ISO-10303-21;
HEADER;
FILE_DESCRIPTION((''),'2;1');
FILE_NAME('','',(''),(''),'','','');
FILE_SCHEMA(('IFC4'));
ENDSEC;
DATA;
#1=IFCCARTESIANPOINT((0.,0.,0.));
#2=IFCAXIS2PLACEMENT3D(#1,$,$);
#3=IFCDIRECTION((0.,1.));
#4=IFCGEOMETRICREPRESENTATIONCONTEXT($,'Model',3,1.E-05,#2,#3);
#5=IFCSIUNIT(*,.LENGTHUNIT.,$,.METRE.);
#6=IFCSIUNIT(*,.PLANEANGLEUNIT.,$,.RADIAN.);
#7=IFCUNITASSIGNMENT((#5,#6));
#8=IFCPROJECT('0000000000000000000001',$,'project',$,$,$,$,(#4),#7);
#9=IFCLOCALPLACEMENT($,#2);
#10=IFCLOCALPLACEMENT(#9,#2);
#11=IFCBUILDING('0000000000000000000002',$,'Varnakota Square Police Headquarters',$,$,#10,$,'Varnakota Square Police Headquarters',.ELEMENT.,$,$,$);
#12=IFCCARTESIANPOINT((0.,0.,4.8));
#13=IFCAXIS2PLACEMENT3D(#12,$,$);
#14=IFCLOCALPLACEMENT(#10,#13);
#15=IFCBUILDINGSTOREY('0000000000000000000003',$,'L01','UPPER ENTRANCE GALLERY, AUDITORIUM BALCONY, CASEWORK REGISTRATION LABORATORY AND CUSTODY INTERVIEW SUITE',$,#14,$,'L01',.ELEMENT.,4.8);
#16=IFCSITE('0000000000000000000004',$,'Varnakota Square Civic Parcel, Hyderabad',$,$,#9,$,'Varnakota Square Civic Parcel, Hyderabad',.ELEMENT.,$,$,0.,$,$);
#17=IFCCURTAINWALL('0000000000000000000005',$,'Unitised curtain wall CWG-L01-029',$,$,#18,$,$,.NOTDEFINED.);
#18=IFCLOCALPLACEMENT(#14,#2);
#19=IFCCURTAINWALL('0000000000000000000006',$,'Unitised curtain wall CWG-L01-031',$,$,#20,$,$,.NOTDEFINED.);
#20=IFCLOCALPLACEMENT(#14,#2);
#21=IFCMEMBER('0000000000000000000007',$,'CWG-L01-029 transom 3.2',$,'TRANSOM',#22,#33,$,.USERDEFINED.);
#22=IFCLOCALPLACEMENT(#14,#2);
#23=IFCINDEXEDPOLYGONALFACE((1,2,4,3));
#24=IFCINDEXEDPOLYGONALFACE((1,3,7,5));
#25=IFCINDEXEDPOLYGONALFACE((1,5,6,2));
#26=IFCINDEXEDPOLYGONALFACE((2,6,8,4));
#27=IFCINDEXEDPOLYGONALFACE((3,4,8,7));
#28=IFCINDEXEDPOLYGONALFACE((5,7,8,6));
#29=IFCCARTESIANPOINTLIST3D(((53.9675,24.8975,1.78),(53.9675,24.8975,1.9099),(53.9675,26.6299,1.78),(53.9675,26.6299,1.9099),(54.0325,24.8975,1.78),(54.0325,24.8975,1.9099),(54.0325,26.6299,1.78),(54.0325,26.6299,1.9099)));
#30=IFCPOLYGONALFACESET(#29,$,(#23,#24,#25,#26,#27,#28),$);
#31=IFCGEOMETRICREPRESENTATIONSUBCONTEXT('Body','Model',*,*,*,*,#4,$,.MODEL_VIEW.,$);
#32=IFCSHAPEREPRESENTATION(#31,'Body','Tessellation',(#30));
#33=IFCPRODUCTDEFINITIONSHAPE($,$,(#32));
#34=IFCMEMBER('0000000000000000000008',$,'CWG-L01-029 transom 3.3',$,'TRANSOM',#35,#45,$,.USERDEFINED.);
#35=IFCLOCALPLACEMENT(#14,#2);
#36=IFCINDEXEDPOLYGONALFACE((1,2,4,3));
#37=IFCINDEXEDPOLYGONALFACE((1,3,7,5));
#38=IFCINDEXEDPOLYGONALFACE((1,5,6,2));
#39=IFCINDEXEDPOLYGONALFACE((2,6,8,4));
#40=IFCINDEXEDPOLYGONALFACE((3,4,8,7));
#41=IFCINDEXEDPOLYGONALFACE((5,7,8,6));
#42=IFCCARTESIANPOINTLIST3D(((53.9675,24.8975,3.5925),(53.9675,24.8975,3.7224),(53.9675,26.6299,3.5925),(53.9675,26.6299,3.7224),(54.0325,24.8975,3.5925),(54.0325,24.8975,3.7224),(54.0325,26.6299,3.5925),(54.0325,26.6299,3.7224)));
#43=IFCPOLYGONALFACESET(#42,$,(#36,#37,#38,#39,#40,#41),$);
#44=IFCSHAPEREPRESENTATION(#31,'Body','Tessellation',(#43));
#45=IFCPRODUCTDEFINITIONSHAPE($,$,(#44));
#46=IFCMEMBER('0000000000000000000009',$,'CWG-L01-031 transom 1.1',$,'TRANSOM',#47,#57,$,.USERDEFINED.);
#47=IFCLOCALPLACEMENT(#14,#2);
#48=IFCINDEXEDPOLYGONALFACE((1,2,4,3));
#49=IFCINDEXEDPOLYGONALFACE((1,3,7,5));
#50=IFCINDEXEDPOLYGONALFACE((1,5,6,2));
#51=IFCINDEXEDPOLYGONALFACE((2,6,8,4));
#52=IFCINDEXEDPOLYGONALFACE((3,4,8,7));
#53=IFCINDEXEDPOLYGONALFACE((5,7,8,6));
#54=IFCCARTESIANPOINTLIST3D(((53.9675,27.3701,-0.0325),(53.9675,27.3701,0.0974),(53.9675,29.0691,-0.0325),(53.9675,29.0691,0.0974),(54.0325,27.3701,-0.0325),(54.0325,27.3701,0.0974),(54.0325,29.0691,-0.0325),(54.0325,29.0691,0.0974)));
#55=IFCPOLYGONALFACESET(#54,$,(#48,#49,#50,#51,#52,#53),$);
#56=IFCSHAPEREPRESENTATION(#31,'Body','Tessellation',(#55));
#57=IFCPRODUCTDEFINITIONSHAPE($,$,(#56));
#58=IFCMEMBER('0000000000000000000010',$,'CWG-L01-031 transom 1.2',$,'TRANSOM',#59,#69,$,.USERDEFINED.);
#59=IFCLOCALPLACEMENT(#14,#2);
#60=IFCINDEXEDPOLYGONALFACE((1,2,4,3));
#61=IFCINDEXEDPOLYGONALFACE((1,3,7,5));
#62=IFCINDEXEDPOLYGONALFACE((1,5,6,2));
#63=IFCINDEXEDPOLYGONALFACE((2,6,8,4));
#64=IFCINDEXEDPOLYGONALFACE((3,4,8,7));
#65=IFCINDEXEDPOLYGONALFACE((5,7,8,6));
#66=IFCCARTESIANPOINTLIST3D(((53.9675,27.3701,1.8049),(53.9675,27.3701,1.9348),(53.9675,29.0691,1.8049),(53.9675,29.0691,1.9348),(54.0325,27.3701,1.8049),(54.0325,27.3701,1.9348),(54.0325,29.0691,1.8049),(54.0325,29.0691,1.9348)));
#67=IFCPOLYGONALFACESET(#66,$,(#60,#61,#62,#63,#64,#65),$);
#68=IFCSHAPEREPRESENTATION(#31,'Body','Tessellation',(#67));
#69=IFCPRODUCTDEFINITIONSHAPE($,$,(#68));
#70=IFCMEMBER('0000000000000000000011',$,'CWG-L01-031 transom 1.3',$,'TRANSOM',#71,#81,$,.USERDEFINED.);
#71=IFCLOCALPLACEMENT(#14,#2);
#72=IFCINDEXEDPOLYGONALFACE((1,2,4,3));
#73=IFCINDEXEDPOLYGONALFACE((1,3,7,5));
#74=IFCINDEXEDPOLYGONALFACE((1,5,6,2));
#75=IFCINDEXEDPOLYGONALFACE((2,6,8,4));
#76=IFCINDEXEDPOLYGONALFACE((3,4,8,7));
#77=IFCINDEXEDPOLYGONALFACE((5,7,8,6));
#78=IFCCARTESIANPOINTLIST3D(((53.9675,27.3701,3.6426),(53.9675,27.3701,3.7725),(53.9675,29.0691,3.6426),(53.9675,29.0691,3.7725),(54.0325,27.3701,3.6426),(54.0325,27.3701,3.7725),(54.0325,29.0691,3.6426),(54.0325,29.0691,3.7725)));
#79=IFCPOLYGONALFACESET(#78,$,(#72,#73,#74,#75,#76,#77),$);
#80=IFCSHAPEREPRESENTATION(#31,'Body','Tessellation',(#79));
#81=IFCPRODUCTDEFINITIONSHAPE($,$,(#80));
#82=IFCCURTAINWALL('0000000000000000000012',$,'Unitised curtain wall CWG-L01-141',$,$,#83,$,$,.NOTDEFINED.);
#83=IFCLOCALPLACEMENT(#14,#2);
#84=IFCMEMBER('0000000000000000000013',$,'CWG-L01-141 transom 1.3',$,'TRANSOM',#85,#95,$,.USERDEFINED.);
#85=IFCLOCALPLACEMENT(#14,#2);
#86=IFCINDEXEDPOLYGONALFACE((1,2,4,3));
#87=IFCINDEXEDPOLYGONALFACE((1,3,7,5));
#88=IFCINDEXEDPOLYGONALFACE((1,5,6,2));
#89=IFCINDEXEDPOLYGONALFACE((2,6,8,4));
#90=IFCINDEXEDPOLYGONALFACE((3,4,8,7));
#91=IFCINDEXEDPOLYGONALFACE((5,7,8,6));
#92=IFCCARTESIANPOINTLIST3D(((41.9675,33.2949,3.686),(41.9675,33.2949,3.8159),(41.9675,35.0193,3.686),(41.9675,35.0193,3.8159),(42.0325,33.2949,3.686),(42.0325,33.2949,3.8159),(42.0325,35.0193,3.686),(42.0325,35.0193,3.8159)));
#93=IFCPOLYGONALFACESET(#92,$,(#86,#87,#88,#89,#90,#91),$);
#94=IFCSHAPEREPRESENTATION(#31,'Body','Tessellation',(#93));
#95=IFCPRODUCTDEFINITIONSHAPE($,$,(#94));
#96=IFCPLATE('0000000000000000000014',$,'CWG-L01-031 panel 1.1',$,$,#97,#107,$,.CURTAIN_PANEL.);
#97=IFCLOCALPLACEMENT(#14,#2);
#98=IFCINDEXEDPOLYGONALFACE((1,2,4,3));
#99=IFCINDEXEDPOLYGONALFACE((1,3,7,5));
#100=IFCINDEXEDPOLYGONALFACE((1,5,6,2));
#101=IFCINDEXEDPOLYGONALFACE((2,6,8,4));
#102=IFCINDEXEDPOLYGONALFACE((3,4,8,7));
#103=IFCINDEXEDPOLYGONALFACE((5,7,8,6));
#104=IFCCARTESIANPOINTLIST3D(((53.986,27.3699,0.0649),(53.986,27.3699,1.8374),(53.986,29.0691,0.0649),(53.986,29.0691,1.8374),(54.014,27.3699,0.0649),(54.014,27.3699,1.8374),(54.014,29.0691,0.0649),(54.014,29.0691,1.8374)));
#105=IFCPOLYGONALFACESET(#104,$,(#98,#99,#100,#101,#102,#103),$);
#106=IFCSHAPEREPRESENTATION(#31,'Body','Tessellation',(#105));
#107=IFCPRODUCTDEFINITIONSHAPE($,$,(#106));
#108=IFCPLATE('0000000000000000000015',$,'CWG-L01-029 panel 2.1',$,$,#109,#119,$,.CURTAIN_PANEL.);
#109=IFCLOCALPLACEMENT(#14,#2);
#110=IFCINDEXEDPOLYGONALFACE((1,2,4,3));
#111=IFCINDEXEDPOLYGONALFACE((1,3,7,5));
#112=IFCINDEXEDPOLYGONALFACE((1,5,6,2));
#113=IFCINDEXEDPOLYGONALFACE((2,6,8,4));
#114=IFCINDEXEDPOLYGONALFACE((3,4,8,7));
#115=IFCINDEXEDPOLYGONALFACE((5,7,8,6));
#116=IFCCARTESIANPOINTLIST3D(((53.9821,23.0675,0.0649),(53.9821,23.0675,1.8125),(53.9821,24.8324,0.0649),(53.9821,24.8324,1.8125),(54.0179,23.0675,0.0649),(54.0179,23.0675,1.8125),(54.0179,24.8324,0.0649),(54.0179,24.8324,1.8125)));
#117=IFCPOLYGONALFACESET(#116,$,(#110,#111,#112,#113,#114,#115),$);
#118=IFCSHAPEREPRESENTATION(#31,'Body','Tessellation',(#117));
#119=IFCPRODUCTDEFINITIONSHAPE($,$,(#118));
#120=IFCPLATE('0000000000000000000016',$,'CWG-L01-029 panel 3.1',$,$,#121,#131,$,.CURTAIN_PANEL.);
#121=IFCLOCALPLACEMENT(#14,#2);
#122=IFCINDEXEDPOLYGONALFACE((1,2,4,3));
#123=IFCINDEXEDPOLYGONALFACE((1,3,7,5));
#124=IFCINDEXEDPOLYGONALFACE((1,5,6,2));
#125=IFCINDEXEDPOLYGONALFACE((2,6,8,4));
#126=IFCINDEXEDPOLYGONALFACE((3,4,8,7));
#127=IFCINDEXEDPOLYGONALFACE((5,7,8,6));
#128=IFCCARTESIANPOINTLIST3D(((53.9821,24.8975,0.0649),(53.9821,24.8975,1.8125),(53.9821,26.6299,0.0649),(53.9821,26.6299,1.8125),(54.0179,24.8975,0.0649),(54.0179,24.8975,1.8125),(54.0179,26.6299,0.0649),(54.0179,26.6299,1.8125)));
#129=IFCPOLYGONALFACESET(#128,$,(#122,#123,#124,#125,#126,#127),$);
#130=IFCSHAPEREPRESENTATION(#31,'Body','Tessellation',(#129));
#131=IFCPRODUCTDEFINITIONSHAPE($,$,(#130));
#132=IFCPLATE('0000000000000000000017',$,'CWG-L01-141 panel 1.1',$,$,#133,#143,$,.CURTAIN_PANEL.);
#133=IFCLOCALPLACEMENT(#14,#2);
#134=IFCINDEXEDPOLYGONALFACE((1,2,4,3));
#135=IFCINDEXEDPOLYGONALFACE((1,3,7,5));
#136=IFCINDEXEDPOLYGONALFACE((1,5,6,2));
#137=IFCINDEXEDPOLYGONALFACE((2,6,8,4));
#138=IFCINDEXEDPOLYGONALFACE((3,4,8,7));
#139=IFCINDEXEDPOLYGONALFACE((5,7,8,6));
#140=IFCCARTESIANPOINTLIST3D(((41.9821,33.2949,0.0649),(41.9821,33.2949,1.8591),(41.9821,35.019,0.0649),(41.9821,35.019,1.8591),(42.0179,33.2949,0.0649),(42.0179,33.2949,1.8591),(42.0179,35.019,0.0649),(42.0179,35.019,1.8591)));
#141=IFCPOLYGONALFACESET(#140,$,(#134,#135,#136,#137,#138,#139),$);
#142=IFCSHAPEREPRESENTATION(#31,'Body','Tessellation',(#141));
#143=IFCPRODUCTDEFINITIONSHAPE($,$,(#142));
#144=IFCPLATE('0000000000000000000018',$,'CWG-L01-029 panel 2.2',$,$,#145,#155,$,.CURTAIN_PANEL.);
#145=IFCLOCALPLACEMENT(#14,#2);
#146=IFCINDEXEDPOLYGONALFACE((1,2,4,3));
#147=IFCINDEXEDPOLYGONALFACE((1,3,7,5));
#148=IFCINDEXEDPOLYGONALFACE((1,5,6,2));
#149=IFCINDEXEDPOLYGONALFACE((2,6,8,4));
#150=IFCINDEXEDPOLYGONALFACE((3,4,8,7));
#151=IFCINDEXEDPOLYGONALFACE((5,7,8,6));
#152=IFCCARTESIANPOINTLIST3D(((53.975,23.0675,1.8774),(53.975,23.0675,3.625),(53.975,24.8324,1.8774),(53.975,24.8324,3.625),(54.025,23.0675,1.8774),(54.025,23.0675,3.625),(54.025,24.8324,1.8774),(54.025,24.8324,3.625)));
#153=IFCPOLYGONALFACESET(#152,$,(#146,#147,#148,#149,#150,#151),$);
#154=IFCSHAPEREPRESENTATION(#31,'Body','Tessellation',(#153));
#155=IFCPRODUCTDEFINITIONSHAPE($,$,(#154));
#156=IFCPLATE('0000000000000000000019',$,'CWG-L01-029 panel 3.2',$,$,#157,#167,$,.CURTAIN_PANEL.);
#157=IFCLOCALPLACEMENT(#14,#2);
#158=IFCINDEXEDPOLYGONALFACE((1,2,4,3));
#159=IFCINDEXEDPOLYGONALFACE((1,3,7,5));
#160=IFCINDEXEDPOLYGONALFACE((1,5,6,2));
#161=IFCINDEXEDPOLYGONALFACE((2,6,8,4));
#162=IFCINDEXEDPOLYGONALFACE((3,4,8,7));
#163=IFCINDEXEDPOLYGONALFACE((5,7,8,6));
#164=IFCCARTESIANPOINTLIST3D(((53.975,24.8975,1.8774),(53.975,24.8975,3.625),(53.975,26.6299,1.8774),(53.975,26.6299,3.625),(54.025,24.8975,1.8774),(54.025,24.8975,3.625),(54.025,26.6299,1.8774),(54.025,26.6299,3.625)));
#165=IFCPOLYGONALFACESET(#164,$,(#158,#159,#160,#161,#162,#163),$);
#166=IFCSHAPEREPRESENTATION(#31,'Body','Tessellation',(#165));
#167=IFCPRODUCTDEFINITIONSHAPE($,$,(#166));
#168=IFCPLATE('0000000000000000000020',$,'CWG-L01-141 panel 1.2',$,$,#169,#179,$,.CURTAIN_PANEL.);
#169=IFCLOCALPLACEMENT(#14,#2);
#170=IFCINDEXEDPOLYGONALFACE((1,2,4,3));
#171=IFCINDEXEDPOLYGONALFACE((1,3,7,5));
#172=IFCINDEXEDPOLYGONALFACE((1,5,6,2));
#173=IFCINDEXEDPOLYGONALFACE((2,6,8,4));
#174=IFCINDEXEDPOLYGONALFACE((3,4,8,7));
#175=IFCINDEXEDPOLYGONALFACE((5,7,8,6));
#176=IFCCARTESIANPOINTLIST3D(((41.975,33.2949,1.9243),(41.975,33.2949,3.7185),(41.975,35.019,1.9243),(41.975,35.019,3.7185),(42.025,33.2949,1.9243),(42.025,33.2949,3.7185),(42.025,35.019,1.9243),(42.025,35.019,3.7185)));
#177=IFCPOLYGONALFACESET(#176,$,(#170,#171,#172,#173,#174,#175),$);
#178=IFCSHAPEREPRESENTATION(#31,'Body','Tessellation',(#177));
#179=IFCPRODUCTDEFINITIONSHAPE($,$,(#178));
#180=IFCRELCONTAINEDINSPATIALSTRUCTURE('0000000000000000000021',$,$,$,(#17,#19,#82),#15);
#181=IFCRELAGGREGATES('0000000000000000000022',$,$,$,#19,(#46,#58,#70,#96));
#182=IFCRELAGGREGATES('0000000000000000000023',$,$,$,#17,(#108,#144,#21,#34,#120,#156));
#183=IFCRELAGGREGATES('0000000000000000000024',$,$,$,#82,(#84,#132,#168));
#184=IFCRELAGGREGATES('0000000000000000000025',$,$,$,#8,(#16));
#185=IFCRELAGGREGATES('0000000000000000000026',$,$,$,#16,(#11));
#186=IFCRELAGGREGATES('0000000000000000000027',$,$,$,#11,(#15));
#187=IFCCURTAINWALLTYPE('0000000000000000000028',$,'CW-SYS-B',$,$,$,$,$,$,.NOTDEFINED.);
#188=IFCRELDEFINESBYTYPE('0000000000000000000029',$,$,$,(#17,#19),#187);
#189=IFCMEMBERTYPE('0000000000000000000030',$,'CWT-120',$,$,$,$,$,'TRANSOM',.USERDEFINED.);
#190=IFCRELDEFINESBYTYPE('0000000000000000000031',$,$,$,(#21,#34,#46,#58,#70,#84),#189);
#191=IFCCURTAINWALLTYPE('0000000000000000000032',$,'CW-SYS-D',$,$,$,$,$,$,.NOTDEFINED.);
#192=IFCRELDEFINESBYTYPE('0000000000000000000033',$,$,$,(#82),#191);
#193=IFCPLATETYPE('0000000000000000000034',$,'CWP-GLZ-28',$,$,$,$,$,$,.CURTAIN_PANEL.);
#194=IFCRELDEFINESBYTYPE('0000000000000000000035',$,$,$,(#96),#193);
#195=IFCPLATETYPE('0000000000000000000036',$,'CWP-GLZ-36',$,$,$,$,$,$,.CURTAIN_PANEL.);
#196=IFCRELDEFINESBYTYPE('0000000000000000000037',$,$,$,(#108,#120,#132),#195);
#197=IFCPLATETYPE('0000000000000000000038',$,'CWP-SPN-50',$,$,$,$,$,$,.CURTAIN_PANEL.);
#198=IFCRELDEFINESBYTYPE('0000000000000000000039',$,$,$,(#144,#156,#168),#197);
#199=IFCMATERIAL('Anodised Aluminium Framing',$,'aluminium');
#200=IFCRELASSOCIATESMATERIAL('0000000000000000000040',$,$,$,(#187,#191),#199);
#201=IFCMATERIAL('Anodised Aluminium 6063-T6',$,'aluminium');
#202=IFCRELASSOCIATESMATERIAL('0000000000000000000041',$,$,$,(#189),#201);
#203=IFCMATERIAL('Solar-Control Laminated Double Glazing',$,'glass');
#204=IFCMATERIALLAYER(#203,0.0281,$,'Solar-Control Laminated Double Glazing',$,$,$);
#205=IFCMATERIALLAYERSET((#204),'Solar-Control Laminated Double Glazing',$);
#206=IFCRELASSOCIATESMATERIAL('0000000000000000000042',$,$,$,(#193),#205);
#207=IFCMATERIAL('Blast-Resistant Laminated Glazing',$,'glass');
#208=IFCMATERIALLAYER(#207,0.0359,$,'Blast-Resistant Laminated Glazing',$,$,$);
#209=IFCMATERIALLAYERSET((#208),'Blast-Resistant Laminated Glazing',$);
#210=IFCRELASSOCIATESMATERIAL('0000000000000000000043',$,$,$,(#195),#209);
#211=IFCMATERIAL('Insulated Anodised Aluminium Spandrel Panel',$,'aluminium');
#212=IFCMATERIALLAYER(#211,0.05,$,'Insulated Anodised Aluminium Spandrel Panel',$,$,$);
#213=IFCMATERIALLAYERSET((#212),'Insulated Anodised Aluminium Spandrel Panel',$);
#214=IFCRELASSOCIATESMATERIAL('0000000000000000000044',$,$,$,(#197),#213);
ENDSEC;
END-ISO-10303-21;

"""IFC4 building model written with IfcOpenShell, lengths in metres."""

from ifc_helpers import new_model, si_unit, direction, frame, origin, origin_2d, place, context, subcontext, project, spatial, rectangle, extrude, material, layer, layer_set, material_profile, profile_set, type_object, element, aggregate, save


model = new_model("IFC4")

# Units and contexts
model_context = context("Model", 3, precision=1e-05, world=origin(), true_north=direction((0.0, 1.0)))
body_context = subcontext(model_context, "Body", "Model", "MODEL_VIEW")
ifc_project = project(units=[si_unit("LENGTHUNIT", "METRE"), si_unit("PLANEANGLEUNIT", "RADIAN")], contexts=[model_context])

# Site, building, storey
site_placement = place(None, origin())
site = spatial("IfcSite", under=ifc_project, at=site_placement, Name="Varnakota Square Civic Parcel, Hyderabad", LongName="Varnakota Square Civic Parcel, Hyderabad", CompositionType="ELEMENT", RefElevation=0.0)
building_placement = place(site_placement, origin())
building = spatial("IfcBuilding", under=site, at=building_placement, Name="Varnakota Square Police Headquarters", LongName="Varnakota Square Police Headquarters", CompositionType="ELEMENT")
storey_placement = place(building_placement, frame((0.0, 0.0, 4.8)))
storey = spatial("IfcBuildingStorey", under=building, at=storey_placement, Name="L01", Description="UPPER ENTRANCE GALLERY, AUDITORIUM BALCONY, CASEWORK REGISTRATION LABORATORY AND CUSTODY INTERVIEW SUITE", LongName="L01", CompositionType="ELEMENT", Elevation=4.8)

# Curtain wall
ifc_material_1 = material(Name="Anodised Aluminium Framing", Category="aluminium")
curtain_wall_type_1 = type_object("IfcCurtainWallType", Name="CW-SYS-B", PredefinedType="NOTDEFINED", material=ifc_material_1)
curtain_wall_1_placement = place(storey_placement, origin())
curtain_wall_1 = element("IfcCurtainWall", 1, at=curtain_wall_1_placement, inside=storey, type_object=curtain_wall_type_1, Name="Unitised curtain wall CWG-L01-029", PredefinedType="NOTDEFINED")
ifc_material_2 = material(Name="Anodised Aluminium 6063-T6", Category="aluminium")

# Curtain wall
curtain_wall_2_placement = place(storey_placement, origin())
curtain_wall_2 = element("IfcCurtainWall", 2, at=curtain_wall_2_placement, inside=storey, type_object=curtain_wall_type_1, Name="Unitised curtain wall CWG-L01-031", PredefinedType="NOTDEFINED")

# Members
ifc_material_profile_1 = material_profile(ifc_material_2, rectangle(XDim=0.0649, YDim=0.1299, at=origin_2d()), Name="ALU TRANSOM 65x130")
ifc_profile_set_1 = profile_set([ifc_material_profile_1], Name="Anodised Aluminium 6063-T6")
member_type_1 = type_object("IfcMemberType", Name="CWT-120", ElementType="TRANSOM", PredefinedType="USERDEFINED", material=ifc_profile_set_1)
member_1_placement = place(storey_placement, frame((54.0, 24.8975, 1.845), z_axis=(0.0, 1.0, 0.0), x_axis=(-1.0, 0.0, 0.0)))
member_1 = element("IfcMember", 3, at=member_1_placement, type_object=member_type_1, Name="CWG-L01-029 transom 3.2", ObjectType="TRANSOM", PredefinedType="USERDEFINED", context=body_context, shape_type="SweptSolid", body=[
    extrude(rectangle(XDim=0.0649, YDim=0.1299, at=origin_2d()), origin(), (0.0, 0.0, 1.0), 1.7324),
])
member_2_placement = place(storey_placement, frame((54.0, 24.8975, 3.6575), z_axis=(0.0, 1.0, 0.0), x_axis=(-1.0, 0.0, 0.0)))
member_2 = element("IfcMember", 4, at=member_2_placement, type_object=member_type_1, Name="CWG-L01-029 transom 3.3", ObjectType="TRANSOM", PredefinedType="USERDEFINED", context=body_context, shape_type="SweptSolid", body=[
    extrude(rectangle(XDim=0.0649, YDim=0.1299, at=origin_2d()), origin(), (0.0, 0.0, 1.0), 1.7324),
])
member_3_placement = place(storey_placement, frame((54.0, 27.3701, 0.0325), z_axis=(0.0, 1.0, 0.0), x_axis=(-1.0, 0.0, 0.0)))
member_3 = element("IfcMember", 5, at=member_3_placement, type_object=member_type_1, Name="CWG-L01-031 transom 1.1", ObjectType="TRANSOM", PredefinedType="USERDEFINED", context=body_context, shape_type="SweptSolid", body=[
    extrude(rectangle(XDim=0.0649, YDim=0.1299, at=origin_2d()), origin(), (0.0, 0.0, 1.0), 1.699),
])
member_4_placement = place(storey_placement, frame((54.0, 27.3701, 1.8699), z_axis=(0.0, 1.0, 0.0), x_axis=(-1.0, 0.0, 0.0)))
member_4 = element("IfcMember", 6, at=member_4_placement, type_object=member_type_1, Name="CWG-L01-031 transom 1.2", ObjectType="TRANSOM", PredefinedType="USERDEFINED", context=body_context, shape_type="SweptSolid", body=[
    extrude(rectangle(XDim=0.0649, YDim=0.1299, at=origin_2d()), origin(), (0.0, 0.0, 1.0), 1.699),
])
member_5_placement = place(storey_placement, frame((54.0, 27.3701, 3.7075), z_axis=(0.0, 1.0, 0.0), x_axis=(-1.0, 0.0, 0.0)))
member_5 = element("IfcMember", 7, at=member_5_placement, type_object=member_type_1, Name="CWG-L01-031 transom 1.3", ObjectType="TRANSOM", PredefinedType="USERDEFINED", context=body_context, shape_type="SweptSolid", body=[
    extrude(rectangle(XDim=0.0649, YDim=0.1299, at=origin_2d()), origin(), (0.0, 0.0, 1.0), 1.699),
])

# Curtain wall, member
curtain_wall_type_2 = type_object("IfcCurtainWallType", Name="CW-SYS-D", PredefinedType="NOTDEFINED", material=ifc_material_1)
curtain_wall_3_placement = place(storey_placement, origin())
curtain_wall_3 = element("IfcCurtainWall", 8, at=curtain_wall_3_placement, inside=storey, type_object=curtain_wall_type_2, Name="Unitised curtain wall CWG-L01-141", PredefinedType="NOTDEFINED")
member_6_placement = place(storey_placement, frame((42.0, 33.2949, 3.751), z_axis=(0.0, 1.0, 0.0), x_axis=(-1.0, 0.0, 0.0)))
member_6 = element("IfcMember", 9, at=member_6_placement, type_object=member_type_1, Name="CWG-L01-141 transom 1.3", ObjectType="TRANSOM", PredefinedType="USERDEFINED", context=body_context, shape_type="SweptSolid", body=[
    extrude(rectangle(XDim=0.0649, YDim=0.1299, at=origin_2d()), origin(), (0.0, 0.0, 1.0), 1.7244),
])

# Plates
ifc_material_3 = material(Name="Solar-Control Laminated Double Glazing", Category="glass")
ifc_layer_1 = layer(ifc_material_3, 0.0281, Name="Solar-Control Laminated Double Glazing")
ifc_layer_set_1 = layer_set([ifc_layer_1], Name="Solar-Control Laminated Double Glazing")
plate_type_1 = type_object("IfcPlateType", Name="CWP-GLZ-28", PredefinedType="CURTAIN_PANEL", material=ifc_layer_set_1)
plate_1_placement = place(storey_placement, frame((54.0, 28.2195, 0.0649), z_axis=(0.0, 0.0, 1.0), x_axis=(0.0, 1.0, 0.0)))
plate_1 = element("IfcPlate", 10, at=plate_1_placement, type_object=plate_type_1, Name="CWG-L01-031 panel 1.1", PredefinedType="CURTAIN_PANEL", context=body_context, shape_type="SweptSolid", body=[
    extrude(rectangle(XDim=1.6992, YDim=0.0281, at=origin_2d()), origin(), (0.0, 0.0, 1.0), 1.7725),
])
aggregate(curtain_wall_2, [member_3, member_4, member_5, plate_1])
ifc_material_4 = material(Name="Blast-Resistant Laminated Glazing", Category="glass")
ifc_layer_2 = layer(ifc_material_4, 0.0359, Name="Blast-Resistant Laminated Glazing")
ifc_layer_set_2 = layer_set([ifc_layer_2], Name="Blast-Resistant Laminated Glazing")
plate_type_2 = type_object("IfcPlateType", Name="CWP-GLZ-36", PredefinedType="CURTAIN_PANEL", material=ifc_layer_set_2)
plate_2_placement = place(storey_placement, frame((54.0, 23.95, 0.0649), z_axis=(0.0, 0.0, 1.0), x_axis=(0.0, 1.0, 0.0)))
plate_2 = element("IfcPlate", 11, at=plate_2_placement, type_object=plate_type_2, Name="CWG-L01-029 panel 2.1", PredefinedType="CURTAIN_PANEL", context=body_context, shape_type="SweptSolid", body=[
    extrude(rectangle(XDim=1.7649, YDim=0.0359, at=origin_2d()), origin(), (0.0, 0.0, 1.0), 1.7476),
])
plate_3_placement = place(storey_placement, frame((54.0, 25.7637, 0.0649), z_axis=(0.0, 0.0, 1.0), x_axis=(0.0, 1.0, 0.0)))
plate_3 = element("IfcPlate", 12, at=plate_3_placement, type_object=plate_type_2, Name="CWG-L01-029 panel 3.1", PredefinedType="CURTAIN_PANEL", context=body_context, shape_type="SweptSolid", body=[
    extrude(rectangle(XDim=1.7324, YDim=0.0359, at=origin_2d()), origin(), (0.0, 0.0, 1.0), 1.7476),
])
plate_4_placement = place(storey_placement, frame((42.0, 34.157, 0.0649), z_axis=(0.0, 0.0, 1.0), x_axis=(0.0, 1.0, 0.0)))
plate_4 = element("IfcPlate", 13, at=plate_4_placement, type_object=plate_type_2, Name="CWG-L01-141 panel 1.1", PredefinedType="CURTAIN_PANEL", context=body_context, shape_type="SweptSolid", body=[
    extrude(rectangle(XDim=1.7241, YDim=0.0359, at=origin_2d()), origin(), (0.0, 0.0, 1.0), 1.7942),
])
ifc_material_5 = material(Name="Insulated Anodised Aluminium Spandrel Panel", Category="aluminium")
ifc_layer_3 = layer(ifc_material_5, 0.05, Name="Insulated Anodised Aluminium Spandrel Panel")
ifc_layer_set_3 = layer_set([ifc_layer_3], Name="Insulated Anodised Aluminium Spandrel Panel")
plate_type_3 = type_object("IfcPlateType", Name="CWP-SPN-50", PredefinedType="CURTAIN_PANEL", material=ifc_layer_set_3)
plate_5_placement = place(storey_placement, frame((54.0, 23.95, 1.8774), z_axis=(0.0, 0.0, 1.0), x_axis=(0.0, 1.0, 0.0)))
plate_5 = element("IfcPlate", 14, at=plate_5_placement, type_object=plate_type_3, Name="CWG-L01-029 panel 2.2", PredefinedType="CURTAIN_PANEL", context=body_context, shape_type="SweptSolid", body=[
    extrude(rectangle(XDim=1.7649, YDim=0.05, at=origin_2d()), origin(), (0.0, 0.0, 1.0), 1.7476),
])
plate_6_placement = place(storey_placement, frame((54.0, 25.7637, 1.8774), z_axis=(0.0, 0.0, 1.0), x_axis=(0.0, 1.0, 0.0)))
plate_6 = element("IfcPlate", 15, at=plate_6_placement, type_object=plate_type_3, Name="CWG-L01-029 panel 3.2", PredefinedType="CURTAIN_PANEL", context=body_context, shape_type="SweptSolid", body=[
    extrude(rectangle(XDim=1.7324, YDim=0.05, at=origin_2d()), origin(), (0.0, 0.0, 1.0), 1.7476),
])
aggregate(curtain_wall_1, [plate_2, plate_5, member_1, member_2, plate_3, plate_6])
plate_7_placement = place(storey_placement, frame((42.0, 34.157, 1.9243), z_axis=(0.0, 0.0, 1.0), x_axis=(0.0, 1.0, 0.0)))
plate_7 = element("IfcPlate", 16, at=plate_7_placement, type_object=plate_type_3, Name="CWG-L01-141 panel 1.2", PredefinedType="CURTAIN_PANEL", context=body_context, shape_type="SweptSolid", body=[
    extrude(rectangle(XDim=1.7241, YDim=0.05, at=origin_2d()), origin(), (0.0, 0.0, 1.0), 1.7942),
])
aggregate(curtain_wall_3, [member_6, plate_4, plate_7])

save(model, "model.ifc")
